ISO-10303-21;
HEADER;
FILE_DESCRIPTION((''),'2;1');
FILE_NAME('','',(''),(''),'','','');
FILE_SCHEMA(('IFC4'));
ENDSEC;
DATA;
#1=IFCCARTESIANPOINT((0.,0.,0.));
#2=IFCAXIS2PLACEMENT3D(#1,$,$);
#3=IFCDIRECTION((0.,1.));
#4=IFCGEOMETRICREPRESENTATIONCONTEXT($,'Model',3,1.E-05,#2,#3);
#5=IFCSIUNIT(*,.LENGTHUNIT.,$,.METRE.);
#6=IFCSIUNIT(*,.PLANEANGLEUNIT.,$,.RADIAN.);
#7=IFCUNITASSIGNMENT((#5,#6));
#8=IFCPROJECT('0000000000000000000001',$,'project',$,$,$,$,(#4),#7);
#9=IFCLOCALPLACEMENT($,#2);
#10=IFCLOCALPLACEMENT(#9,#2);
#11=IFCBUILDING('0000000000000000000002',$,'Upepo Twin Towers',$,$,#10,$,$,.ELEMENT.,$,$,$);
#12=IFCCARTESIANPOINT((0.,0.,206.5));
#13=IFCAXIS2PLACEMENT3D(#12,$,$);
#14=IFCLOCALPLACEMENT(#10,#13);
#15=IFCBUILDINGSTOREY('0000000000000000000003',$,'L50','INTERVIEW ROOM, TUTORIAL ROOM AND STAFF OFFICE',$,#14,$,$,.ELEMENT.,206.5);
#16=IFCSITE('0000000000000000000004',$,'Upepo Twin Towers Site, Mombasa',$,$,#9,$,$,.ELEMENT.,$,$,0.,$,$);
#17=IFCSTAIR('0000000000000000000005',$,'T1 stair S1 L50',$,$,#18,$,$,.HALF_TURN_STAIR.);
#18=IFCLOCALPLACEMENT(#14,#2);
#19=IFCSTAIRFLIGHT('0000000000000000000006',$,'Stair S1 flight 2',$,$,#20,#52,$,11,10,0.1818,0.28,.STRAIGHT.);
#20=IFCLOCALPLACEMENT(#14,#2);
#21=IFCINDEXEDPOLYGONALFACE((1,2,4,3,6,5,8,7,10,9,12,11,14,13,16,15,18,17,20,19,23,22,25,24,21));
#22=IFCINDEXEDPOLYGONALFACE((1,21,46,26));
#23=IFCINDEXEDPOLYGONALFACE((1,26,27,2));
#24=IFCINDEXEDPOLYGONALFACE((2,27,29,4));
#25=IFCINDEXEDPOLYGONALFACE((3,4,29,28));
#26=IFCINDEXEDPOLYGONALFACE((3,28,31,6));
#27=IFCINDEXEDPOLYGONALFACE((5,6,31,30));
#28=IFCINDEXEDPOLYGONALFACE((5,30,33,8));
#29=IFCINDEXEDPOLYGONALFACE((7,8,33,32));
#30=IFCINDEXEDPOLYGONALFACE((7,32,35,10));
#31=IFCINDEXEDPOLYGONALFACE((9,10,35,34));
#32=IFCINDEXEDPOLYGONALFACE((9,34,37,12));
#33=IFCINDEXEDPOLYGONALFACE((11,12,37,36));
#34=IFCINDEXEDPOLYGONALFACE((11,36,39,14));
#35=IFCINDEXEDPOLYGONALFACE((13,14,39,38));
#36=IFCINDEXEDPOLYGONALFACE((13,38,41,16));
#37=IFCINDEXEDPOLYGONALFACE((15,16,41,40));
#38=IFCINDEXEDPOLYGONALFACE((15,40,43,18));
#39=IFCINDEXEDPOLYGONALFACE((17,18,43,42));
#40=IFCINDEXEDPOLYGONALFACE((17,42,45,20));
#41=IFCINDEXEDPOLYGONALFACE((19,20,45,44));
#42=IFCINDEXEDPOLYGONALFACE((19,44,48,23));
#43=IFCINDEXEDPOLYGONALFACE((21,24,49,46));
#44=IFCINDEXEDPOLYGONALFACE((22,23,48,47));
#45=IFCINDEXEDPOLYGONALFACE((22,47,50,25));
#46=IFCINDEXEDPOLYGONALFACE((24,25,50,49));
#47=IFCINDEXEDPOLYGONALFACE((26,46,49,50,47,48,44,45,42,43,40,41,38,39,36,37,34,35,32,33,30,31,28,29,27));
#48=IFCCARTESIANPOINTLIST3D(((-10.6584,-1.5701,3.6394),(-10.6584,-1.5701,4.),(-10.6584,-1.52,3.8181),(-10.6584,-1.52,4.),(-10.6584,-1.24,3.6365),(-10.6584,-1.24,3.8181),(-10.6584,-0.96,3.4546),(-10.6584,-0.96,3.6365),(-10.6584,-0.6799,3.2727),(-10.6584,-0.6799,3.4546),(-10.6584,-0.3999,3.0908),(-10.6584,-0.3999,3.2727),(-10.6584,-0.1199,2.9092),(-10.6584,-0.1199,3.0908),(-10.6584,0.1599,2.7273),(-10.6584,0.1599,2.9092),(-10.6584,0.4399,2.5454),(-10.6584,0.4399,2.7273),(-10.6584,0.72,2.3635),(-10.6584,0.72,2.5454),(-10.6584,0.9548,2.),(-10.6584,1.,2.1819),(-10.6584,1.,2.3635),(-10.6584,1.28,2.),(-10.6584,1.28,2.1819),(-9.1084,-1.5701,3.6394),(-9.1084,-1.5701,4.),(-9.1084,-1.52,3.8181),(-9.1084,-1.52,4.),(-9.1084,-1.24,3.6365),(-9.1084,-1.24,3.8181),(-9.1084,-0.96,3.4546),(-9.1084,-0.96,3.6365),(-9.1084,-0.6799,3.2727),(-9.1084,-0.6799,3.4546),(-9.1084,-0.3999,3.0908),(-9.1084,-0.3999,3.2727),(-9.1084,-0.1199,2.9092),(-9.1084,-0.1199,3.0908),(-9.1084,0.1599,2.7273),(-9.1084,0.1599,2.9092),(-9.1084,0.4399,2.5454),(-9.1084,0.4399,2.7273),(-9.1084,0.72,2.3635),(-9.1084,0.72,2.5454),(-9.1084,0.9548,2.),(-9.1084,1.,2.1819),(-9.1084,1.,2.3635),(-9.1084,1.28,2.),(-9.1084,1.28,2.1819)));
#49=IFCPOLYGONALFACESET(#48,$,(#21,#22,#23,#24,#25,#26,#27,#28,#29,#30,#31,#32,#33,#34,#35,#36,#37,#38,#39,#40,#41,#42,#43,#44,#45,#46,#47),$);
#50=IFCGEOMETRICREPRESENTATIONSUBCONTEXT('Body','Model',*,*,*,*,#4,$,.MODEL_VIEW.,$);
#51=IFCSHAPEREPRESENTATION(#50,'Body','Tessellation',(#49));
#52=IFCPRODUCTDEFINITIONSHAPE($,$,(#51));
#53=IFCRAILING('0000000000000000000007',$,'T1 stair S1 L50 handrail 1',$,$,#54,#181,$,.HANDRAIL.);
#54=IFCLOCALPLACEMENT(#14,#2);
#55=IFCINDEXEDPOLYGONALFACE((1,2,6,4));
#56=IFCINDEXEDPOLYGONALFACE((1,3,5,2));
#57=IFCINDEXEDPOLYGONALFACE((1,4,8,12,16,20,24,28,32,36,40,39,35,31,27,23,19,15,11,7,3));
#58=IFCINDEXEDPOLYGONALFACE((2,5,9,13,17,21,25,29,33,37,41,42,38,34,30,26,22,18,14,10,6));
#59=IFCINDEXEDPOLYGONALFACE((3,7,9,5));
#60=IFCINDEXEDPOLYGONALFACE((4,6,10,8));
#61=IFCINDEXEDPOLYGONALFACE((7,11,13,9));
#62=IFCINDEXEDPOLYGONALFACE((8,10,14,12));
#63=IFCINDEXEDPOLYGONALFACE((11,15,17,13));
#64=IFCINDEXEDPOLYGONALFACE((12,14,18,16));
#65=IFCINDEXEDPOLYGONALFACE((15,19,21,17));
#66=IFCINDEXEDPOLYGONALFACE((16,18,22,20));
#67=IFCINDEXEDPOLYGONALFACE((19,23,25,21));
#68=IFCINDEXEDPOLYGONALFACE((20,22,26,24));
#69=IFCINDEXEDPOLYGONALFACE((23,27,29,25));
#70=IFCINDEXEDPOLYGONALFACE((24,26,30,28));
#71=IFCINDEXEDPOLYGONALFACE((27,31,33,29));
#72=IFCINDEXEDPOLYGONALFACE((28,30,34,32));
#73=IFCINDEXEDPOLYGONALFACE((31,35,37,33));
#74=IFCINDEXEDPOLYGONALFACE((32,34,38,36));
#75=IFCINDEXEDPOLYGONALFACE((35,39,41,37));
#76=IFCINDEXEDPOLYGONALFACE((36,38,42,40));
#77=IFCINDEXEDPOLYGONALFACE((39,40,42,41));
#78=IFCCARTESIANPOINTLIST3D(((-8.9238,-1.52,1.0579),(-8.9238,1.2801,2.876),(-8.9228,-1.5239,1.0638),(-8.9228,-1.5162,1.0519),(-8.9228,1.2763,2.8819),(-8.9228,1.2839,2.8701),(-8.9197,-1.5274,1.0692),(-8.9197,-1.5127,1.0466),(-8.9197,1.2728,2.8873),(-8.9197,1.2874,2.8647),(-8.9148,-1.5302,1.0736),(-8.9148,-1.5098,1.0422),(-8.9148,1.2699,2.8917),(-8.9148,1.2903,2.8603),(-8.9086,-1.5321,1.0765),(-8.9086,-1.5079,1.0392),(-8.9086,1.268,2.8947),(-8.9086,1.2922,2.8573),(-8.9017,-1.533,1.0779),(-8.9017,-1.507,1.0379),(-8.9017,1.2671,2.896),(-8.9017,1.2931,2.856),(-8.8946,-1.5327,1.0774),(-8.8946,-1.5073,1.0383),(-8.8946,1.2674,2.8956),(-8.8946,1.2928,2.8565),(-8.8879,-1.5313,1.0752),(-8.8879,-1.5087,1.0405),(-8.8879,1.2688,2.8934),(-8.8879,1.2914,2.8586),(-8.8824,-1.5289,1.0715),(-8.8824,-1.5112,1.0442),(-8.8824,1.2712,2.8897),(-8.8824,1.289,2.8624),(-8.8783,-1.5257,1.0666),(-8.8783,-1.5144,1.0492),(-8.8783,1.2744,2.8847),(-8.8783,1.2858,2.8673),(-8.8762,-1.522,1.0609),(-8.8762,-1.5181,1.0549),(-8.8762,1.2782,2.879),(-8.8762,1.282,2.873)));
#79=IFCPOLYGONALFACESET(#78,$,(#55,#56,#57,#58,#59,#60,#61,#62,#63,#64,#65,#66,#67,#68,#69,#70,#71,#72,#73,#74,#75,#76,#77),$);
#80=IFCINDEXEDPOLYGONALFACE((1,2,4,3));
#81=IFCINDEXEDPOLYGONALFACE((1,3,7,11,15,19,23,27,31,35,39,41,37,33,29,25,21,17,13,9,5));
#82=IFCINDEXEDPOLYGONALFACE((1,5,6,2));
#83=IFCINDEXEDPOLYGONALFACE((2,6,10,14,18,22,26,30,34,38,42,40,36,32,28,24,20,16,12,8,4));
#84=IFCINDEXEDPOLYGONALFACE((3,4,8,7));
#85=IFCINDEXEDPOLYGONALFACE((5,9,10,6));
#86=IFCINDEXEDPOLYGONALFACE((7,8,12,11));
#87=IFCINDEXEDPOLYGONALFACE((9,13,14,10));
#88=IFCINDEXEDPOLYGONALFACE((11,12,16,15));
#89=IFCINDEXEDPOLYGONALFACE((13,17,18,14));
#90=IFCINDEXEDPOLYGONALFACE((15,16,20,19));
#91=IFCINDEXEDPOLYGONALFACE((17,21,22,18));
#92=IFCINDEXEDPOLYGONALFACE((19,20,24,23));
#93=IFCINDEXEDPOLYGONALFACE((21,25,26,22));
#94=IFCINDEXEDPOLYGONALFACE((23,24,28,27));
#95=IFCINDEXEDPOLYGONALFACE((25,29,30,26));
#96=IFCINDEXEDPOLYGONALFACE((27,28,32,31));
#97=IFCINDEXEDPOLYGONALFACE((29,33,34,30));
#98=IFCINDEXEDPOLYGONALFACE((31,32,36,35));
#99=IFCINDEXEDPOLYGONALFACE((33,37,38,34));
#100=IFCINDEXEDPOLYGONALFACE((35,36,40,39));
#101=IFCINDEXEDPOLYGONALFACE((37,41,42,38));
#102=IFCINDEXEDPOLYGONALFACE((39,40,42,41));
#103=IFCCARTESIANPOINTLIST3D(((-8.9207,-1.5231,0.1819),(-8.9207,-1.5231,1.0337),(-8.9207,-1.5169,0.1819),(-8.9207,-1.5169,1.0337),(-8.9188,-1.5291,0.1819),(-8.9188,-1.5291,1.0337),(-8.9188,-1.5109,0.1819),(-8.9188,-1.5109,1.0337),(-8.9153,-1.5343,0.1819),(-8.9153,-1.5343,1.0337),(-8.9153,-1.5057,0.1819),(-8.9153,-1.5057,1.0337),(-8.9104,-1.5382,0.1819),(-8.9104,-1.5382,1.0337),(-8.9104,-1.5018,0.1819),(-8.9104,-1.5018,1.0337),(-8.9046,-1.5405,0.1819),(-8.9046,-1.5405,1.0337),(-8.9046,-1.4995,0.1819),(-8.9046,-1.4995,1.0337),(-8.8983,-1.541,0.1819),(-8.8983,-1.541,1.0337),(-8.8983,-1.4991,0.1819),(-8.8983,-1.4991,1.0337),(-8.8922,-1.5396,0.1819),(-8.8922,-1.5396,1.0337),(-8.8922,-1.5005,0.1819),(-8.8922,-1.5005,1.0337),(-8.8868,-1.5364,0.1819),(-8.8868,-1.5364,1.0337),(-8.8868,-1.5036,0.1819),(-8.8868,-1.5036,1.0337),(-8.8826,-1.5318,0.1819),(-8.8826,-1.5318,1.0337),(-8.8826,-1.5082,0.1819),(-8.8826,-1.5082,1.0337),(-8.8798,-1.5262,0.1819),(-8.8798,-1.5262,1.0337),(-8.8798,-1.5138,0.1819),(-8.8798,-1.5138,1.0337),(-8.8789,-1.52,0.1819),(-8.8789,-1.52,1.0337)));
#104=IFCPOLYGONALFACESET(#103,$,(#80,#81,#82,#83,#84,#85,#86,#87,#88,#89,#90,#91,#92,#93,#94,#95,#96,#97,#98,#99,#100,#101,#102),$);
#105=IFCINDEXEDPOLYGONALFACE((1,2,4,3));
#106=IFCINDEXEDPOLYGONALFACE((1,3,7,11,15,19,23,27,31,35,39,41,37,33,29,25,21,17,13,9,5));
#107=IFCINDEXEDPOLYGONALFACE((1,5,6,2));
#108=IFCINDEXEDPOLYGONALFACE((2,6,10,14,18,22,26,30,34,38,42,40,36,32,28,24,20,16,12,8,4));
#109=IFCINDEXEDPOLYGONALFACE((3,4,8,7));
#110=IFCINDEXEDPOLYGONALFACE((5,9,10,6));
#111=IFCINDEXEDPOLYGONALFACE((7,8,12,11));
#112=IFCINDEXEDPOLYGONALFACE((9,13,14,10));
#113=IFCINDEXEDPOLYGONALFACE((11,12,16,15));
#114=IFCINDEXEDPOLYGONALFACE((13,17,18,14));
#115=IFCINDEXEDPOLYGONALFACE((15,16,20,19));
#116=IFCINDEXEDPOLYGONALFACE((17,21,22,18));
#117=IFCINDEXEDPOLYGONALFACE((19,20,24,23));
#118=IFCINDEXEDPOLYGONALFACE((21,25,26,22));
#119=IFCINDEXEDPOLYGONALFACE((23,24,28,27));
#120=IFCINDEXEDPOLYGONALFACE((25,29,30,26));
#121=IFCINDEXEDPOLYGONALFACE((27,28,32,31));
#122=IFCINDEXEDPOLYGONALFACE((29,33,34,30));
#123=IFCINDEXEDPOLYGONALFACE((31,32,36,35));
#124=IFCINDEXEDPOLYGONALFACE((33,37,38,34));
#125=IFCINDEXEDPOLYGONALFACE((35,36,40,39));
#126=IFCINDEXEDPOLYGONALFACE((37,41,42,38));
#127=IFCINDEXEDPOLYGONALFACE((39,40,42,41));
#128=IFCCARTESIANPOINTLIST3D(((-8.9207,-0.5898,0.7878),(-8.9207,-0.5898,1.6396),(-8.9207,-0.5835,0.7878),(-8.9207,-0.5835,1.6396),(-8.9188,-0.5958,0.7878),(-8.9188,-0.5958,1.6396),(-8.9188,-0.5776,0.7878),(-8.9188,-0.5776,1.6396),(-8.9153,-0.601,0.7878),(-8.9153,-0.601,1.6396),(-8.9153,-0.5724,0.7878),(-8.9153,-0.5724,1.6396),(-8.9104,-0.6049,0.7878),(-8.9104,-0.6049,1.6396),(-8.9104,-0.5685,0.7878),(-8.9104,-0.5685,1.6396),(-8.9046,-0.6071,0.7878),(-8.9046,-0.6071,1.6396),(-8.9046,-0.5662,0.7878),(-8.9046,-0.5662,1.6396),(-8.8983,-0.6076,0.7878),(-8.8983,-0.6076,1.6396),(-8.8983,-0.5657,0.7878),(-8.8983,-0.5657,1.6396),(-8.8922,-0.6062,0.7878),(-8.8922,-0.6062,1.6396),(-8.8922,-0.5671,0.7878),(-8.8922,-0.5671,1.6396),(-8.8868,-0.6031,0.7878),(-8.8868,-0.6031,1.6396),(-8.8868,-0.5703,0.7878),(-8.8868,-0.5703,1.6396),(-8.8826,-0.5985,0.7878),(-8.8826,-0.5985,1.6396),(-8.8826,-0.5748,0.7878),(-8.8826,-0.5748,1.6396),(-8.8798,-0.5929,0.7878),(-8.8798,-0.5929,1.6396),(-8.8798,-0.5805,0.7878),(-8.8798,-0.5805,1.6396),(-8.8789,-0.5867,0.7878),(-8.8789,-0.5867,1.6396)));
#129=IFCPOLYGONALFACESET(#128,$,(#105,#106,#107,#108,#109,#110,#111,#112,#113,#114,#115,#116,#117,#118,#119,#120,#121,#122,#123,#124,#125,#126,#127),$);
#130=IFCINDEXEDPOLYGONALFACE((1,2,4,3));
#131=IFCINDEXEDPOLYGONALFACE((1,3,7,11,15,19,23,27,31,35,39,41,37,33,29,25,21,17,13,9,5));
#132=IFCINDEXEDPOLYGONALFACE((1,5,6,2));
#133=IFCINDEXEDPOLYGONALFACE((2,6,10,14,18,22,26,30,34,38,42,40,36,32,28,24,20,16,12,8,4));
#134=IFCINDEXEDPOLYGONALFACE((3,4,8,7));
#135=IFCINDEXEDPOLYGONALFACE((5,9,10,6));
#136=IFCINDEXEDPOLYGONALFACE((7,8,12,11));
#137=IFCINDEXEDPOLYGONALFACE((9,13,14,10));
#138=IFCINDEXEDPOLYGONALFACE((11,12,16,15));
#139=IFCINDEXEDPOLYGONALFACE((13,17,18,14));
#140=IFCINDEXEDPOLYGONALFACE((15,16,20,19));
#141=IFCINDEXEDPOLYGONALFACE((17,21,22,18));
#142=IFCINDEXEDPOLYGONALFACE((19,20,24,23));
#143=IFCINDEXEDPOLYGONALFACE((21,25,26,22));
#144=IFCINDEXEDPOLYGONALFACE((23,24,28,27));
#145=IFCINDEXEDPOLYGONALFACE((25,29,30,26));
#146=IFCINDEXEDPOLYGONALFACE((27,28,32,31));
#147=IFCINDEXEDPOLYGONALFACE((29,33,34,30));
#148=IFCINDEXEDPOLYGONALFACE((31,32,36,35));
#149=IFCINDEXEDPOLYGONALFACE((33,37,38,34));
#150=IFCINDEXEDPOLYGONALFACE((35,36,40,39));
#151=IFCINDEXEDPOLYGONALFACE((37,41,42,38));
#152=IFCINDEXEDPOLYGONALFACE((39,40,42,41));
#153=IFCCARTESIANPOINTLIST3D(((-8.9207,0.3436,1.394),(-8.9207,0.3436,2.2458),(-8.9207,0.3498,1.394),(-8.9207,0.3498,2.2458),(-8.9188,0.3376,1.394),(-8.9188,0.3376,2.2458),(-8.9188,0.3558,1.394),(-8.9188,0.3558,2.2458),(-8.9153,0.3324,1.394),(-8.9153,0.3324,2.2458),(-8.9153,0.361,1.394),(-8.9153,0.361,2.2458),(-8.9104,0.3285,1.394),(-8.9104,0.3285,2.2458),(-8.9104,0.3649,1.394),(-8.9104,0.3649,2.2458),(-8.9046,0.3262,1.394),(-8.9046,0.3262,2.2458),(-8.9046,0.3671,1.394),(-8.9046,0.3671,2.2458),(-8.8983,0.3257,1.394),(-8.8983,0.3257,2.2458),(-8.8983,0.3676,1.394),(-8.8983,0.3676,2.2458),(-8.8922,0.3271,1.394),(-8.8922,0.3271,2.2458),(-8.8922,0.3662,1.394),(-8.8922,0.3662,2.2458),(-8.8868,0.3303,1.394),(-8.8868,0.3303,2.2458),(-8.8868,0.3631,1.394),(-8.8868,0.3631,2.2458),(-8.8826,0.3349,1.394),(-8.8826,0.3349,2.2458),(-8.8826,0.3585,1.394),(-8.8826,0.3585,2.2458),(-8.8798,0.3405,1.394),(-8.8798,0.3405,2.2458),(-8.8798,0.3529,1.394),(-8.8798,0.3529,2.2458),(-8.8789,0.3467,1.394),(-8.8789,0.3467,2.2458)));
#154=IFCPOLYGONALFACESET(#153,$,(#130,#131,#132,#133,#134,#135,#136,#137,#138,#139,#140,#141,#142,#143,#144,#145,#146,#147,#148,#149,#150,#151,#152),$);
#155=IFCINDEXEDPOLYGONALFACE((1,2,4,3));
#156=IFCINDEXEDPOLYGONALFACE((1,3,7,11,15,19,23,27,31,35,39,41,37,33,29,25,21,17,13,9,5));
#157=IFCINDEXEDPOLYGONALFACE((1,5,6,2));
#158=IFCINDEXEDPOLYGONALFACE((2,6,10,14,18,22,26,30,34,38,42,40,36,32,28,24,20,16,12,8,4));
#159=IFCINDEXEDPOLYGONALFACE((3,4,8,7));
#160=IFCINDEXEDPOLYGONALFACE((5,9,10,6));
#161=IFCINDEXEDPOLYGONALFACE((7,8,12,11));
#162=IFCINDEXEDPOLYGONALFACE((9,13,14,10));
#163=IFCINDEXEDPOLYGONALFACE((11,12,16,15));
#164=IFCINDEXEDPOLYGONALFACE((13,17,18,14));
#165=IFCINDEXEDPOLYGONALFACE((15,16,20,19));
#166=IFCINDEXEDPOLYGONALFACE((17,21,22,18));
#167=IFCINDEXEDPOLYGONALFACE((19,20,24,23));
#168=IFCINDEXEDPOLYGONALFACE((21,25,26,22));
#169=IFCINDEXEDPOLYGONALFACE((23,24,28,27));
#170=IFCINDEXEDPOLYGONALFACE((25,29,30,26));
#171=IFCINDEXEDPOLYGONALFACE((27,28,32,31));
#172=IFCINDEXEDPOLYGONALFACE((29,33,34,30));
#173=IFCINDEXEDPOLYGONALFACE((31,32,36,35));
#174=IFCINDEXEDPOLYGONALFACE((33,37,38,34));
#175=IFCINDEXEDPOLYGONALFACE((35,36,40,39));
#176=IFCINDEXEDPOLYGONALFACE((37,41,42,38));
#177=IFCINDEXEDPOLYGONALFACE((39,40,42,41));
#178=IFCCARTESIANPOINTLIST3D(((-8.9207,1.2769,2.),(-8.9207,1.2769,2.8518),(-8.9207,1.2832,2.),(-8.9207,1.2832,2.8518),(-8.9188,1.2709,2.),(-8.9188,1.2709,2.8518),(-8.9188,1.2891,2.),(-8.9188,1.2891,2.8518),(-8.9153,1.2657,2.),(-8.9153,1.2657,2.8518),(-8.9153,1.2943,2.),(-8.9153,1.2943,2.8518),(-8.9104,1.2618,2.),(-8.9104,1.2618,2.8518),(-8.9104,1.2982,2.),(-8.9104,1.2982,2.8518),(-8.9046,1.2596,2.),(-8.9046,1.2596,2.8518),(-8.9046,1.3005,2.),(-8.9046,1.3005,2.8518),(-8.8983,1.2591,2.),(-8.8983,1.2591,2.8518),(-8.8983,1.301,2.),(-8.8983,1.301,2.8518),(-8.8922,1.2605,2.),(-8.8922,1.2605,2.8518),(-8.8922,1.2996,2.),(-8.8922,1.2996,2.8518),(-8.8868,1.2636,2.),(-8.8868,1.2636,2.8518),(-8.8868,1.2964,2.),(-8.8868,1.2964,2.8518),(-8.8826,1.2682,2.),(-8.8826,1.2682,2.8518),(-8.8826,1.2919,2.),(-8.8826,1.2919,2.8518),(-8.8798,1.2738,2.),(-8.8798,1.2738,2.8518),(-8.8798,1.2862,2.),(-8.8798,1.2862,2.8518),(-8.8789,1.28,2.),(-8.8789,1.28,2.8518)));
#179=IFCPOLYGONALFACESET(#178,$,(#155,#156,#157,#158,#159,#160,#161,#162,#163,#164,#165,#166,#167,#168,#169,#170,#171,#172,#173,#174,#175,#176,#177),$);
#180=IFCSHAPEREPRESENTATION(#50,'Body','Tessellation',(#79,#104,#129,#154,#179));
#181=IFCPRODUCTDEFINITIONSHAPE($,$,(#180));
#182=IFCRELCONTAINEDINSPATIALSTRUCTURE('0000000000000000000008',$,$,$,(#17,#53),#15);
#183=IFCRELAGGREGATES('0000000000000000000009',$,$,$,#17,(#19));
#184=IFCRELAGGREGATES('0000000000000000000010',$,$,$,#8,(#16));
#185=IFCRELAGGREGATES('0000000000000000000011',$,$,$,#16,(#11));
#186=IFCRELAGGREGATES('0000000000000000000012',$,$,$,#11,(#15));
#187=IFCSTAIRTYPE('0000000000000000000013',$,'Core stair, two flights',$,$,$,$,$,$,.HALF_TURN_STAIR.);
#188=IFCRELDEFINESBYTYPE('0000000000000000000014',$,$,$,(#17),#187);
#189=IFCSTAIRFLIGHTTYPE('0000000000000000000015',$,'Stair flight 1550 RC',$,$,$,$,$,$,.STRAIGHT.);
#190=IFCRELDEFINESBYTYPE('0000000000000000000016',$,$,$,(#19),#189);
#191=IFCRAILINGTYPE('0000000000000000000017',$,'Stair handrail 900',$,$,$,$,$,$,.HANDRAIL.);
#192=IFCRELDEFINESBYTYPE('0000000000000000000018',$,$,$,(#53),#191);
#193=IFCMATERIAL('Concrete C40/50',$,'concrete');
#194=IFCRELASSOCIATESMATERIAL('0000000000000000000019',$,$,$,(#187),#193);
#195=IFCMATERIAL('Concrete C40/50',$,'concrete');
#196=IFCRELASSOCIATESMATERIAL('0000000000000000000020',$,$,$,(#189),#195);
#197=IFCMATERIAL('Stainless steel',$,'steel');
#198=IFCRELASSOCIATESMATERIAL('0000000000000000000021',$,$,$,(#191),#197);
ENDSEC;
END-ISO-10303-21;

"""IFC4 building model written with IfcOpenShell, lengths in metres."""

from ifc_helpers import new_model, si_unit, direction, frame, origin, origin_2d, place, context, subcontext, project, spatial, polyline, circle, outline, extrude, material, type_object, element, aggregate, save


model = new_model("IFC4")

# Units and contexts
model_context = context("Model", 3, precision=1e-05, world=origin(), true_north=direction((0.0, 1.0)))
body_context = subcontext(model_context, "Body", "Model", "MODEL_VIEW")
ifc_project = project(units=[si_unit("LENGTHUNIT", "METRE"), si_unit("PLANEANGLEUNIT", "RADIAN")], contexts=[model_context])

# Site, building, storey
site_placement = place(None, origin())
site = spatial("IfcSite", under=ifc_project, at=site_placement, Name="Upepo Twin Towers Site, Mombasa", CompositionType="ELEMENT", RefElevation=0.0)
building_placement = place(site_placement, origin())
building = spatial("IfcBuilding", under=site, at=building_placement, Name="Upepo Twin Towers", CompositionType="ELEMENT")
storey_placement = place(building_placement, frame((0.0, 0.0, 206.5)))
storey = spatial("IfcBuildingStorey", under=building, at=storey_placement, Name="L50", Description="INTERVIEW ROOM, TUTORIAL ROOM AND STAFF OFFICE", CompositionType="ELEMENT", Elevation=206.5)

# Stair, stair flight
ifc_material_1 = material(Name="Concrete C40/50", Category="concrete")
stair_type = type_object("IfcStairType", Name="Core stair, two flights", PredefinedType="HALF_TURN_STAIR", material=ifc_material_1)
stair_placement = place(storey_placement, origin())
stair = element("IfcStair", 1, at=stair_placement, inside=storey, type_object=stair_type, Name="T1 stair S1 L50", PredefinedType="HALF_TURN_STAIR")
ifc_material_2 = material(Name="Concrete C40/50", Category="concrete")
stair_flight_type = type_object("IfcStairFlightType", Name="Stair flight 1550 RC", PredefinedType="STRAIGHT", material=ifc_material_2)
stair_flight_1_placement = place(storey_placement, frame((-9.8833, 1.28, 2.0), z_axis=(0.0, 0.0, 1.0), x_axis=(0.0, -1.0, 0.0)))
stair_flight_1 = element("IfcStairFlight", 2, at=stair_flight_1_placement, type_object=stair_flight_type, Name="Stair S1 flight 2", NumberOfRisers=11, NumberOfTreads=10, PredefinedType="STRAIGHT", RiserHeight=0.1818, TreadLength=0.28, context=body_context, shape_type="SweptSolid", body=[
    extrude(outline(polyline([(0.0, 0.0), (0.0, 0.1819), (0.28, 0.1819), (0.28, 0.3635), (0.5601, 0.3635), (0.5601, 0.5454), (0.8401, 0.5454), (0.8401, 0.7273), (1.1201, 0.7273), (1.1201, 0.9092), (1.3999, 0.9092), (1.3999, 1.0908), (1.6799, 1.0908), (1.6799, 1.2727), (1.96, 1.2727), (1.96, 1.4546), (2.24, 1.4546), (2.24, 1.6365), (2.52, 1.6365), (2.52, 1.8181), (2.8, 1.8181), (2.8, 2.0), (2.8501, 2.0), (2.8501, 1.6394), (0.3252, 0.0), (0.0, 0.0)])), frame((0.0, 0.7749, 0.0), z_axis=(0.0, -1.0, 0.0), x_axis=(1.0, 0.0, 0.0)), (0.0, 0.0, 1.0), 1.55),
])
aggregate(stair, [stair_flight_1])

# Railing
ifc_material_3 = material(Name="Stainless steel", Category="steel")
railing_type = type_object("IfcRailingType", Name="Stair handrail 900", PredefinedType="HANDRAIL", material=ifc_material_3)
railing_1_placement = place(storey_placement, frame((-8.8999, -1.52, 0.1819)))
element("IfcRailing", 3, at=railing_1_placement, inside=storey, type_object=railing_type, Name="T1 stair S1 L50 handrail 1", PredefinedType="HANDRAIL", context=body_context, shape_type="SweptSolid", body=[
    extrude(circle(Radius=0.0239, at=origin_2d()), frame((0.0, 0.0, 0.876), z_axis=(0.0, 0.838706, 0.544585), x_axis=(-1.0, 0.0, 0.0)), (0.0, 0.0, 1.0), 3.3386),
    extrude(circle(Radius=0.021, at=origin_2d()), origin(), (0.0, 0.0, 1.0), 0.8518),
    extrude(circle(Radius=0.021, at=origin_2d()), frame((0.0, 0.9333, 0.606)), (0.0, 0.0, 1.0), 0.8518),
    extrude(circle(Radius=0.021, at=origin_2d()), frame((0.0, 1.8667, 1.2122)), (0.0, 0.0, 1.0), 0.8518),
    extrude(circle(Radius=0.021, at=origin_2d()), frame((0.0, 2.8, 1.8181)), (0.0, 0.0, 1.0), 0.8518),
])

save(model, "model.ifc")
